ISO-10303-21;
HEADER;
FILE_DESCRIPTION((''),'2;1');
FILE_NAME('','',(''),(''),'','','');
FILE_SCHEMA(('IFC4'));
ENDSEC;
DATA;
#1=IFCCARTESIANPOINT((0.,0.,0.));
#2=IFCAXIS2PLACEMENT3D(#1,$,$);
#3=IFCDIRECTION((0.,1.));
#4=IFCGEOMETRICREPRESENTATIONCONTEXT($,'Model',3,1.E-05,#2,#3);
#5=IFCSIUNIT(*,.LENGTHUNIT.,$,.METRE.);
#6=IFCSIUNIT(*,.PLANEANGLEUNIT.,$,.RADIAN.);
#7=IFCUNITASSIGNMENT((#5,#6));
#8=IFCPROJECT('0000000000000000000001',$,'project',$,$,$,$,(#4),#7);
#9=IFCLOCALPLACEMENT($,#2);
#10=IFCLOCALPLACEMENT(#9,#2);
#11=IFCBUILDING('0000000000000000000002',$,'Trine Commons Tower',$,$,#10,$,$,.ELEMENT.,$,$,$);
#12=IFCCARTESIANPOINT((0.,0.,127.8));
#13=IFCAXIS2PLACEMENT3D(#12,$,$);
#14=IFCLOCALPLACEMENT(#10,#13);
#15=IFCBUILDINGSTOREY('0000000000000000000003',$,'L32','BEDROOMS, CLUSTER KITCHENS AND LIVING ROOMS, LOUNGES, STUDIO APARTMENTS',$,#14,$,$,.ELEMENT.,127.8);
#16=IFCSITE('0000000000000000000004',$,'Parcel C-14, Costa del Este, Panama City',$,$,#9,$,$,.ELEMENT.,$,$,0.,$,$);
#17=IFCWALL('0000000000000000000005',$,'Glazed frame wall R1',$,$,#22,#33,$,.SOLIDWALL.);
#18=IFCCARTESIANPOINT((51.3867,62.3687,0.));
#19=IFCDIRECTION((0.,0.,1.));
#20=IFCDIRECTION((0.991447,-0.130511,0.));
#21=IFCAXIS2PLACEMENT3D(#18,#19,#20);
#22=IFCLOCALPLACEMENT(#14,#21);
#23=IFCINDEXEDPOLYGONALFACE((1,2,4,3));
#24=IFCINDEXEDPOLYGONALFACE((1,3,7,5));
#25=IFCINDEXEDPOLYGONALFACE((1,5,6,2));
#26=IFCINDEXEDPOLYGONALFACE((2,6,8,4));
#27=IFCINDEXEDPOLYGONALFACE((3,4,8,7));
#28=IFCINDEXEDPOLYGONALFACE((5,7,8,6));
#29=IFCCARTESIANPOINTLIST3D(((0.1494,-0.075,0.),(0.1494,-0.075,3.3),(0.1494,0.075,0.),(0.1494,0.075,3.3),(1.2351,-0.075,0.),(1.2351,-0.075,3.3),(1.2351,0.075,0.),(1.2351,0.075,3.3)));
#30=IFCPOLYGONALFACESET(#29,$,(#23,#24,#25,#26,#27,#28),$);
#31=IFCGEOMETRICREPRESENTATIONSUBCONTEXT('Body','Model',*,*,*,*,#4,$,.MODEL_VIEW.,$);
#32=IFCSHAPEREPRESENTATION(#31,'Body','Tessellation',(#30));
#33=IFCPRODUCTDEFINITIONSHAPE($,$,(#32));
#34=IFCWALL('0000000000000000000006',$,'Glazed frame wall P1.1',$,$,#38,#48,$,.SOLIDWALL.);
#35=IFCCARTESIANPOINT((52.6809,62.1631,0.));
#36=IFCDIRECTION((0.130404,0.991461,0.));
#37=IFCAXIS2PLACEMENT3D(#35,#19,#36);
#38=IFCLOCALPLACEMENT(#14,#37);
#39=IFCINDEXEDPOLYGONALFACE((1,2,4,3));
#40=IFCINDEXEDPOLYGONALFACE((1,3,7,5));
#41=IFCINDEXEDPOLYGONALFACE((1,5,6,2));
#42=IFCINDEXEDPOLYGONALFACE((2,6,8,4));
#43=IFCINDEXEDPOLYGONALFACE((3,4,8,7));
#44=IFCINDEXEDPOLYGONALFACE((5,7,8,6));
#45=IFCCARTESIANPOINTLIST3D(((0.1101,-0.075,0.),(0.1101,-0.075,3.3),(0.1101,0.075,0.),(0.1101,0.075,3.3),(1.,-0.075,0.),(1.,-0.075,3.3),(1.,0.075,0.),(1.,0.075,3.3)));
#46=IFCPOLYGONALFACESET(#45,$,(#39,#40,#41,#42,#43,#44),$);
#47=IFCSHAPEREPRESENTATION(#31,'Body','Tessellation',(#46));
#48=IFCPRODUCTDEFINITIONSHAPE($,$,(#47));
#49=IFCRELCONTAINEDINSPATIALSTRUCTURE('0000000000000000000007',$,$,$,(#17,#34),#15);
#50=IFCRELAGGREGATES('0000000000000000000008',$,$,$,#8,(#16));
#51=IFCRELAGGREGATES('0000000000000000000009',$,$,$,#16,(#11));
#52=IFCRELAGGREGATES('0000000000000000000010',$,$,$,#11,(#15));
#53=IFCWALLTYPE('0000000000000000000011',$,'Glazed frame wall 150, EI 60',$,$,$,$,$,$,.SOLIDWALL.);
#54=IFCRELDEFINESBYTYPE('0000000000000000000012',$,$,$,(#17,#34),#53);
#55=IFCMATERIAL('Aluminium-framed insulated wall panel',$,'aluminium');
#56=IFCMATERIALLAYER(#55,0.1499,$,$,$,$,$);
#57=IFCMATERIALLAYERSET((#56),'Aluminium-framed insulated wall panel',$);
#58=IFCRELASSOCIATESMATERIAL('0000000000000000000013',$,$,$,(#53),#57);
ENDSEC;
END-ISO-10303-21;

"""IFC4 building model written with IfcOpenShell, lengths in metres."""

from ifc_helpers import new_model, si_unit, direction, frame, origin, place, context, subcontext, project, spatial, polyline, outline, extrude, material, layer, layer_set, type_object, element, save


model = new_model("IFC4")

# Units and contexts
model_context = context("Model", 3, precision=1e-05, world=origin(), true_north=direction((0.0, 1.0)))
body_context = subcontext(model_context, "Body", "Model", "MODEL_VIEW")
ifc_project = project(units=[si_unit("LENGTHUNIT", "METRE"), si_unit("PLANEANGLEUNIT", "RADIAN")], contexts=[model_context])

# Site, building, storey
site_placement = place(None, origin())
site = spatial("IfcSite", under=ifc_project, at=site_placement, Name="Parcel C-14, Costa del Este, Panama City", CompositionType="ELEMENT", RefElevation=0.0)
building_placement = place(site_placement, origin())
building = spatial("IfcBuilding", under=site, at=building_placement, Name="Trine Commons Tower", CompositionType="ELEMENT")
storey_placement = place(building_placement, frame((0.0, 0.0, 127.8)))
storey = spatial("IfcBuildingStorey", under=building, at=storey_placement, Name="L32", Description="BEDROOMS, CLUSTER KITCHENS AND LIVING ROOMS, LOUNGES, STUDIO APARTMENTS", CompositionType="ELEMENT", Elevation=127.8)

# Walls
ifc_material_1 = material(Name="Aluminium-framed insulated wall panel", Category="aluminium")
ifc_layer_1 = layer(ifc_material_1, 0.1499)
ifc_layer_set_1 = layer_set([ifc_layer_1], Name="Aluminium-framed insulated wall panel")
wall_type_1 = type_object("IfcWallType", Name="Glazed frame wall 150, EI 60", PredefinedType="SOLIDWALL", material=ifc_layer_set_1)
wall_1_placement = place(storey_placement, frame((51.3867, 62.3687, 0.0), z_axis=(0.0, 0.0, 1.0), x_axis=(0.991447, -0.130511, 0.0)))
element("IfcWall", 1, at=wall_1_placement, inside=storey, type_object=wall_type_1, Name="Glazed frame wall R1", PredefinedType="SOLIDWALL", context=body_context, shape_type="SweptSolid", body=[
    extrude(outline(polyline([(0.1494, 0.075), (0.1494, -0.075), (1.2351, -0.075), (1.2351, 0.075), (0.1494, 0.075)])), origin(), (0.0, 0.0, 1.0), 3.3),
])
wall_2_placement = place(storey_placement, frame((52.6809, 62.1631, 0.0), z_axis=(0.0, 0.0, 1.0), x_axis=(0.130404, 0.991461, 0.0)))
element("IfcWall", 2, at=wall_2_placement, inside=storey, type_object=wall_type_1, Name="Glazed frame wall P1.1", PredefinedType="SOLIDWALL", context=body_context, shape_type="SweptSolid", body=[
    extrude(outline(polyline([(0.1101, -0.075), (1.0, -0.075), (1.0, 0.075), (0.1101, 0.075), (0.1101, -0.075)])), origin(), (0.0, 0.0, 1.0), 3.3),
])

save(model, "model.ifc")
